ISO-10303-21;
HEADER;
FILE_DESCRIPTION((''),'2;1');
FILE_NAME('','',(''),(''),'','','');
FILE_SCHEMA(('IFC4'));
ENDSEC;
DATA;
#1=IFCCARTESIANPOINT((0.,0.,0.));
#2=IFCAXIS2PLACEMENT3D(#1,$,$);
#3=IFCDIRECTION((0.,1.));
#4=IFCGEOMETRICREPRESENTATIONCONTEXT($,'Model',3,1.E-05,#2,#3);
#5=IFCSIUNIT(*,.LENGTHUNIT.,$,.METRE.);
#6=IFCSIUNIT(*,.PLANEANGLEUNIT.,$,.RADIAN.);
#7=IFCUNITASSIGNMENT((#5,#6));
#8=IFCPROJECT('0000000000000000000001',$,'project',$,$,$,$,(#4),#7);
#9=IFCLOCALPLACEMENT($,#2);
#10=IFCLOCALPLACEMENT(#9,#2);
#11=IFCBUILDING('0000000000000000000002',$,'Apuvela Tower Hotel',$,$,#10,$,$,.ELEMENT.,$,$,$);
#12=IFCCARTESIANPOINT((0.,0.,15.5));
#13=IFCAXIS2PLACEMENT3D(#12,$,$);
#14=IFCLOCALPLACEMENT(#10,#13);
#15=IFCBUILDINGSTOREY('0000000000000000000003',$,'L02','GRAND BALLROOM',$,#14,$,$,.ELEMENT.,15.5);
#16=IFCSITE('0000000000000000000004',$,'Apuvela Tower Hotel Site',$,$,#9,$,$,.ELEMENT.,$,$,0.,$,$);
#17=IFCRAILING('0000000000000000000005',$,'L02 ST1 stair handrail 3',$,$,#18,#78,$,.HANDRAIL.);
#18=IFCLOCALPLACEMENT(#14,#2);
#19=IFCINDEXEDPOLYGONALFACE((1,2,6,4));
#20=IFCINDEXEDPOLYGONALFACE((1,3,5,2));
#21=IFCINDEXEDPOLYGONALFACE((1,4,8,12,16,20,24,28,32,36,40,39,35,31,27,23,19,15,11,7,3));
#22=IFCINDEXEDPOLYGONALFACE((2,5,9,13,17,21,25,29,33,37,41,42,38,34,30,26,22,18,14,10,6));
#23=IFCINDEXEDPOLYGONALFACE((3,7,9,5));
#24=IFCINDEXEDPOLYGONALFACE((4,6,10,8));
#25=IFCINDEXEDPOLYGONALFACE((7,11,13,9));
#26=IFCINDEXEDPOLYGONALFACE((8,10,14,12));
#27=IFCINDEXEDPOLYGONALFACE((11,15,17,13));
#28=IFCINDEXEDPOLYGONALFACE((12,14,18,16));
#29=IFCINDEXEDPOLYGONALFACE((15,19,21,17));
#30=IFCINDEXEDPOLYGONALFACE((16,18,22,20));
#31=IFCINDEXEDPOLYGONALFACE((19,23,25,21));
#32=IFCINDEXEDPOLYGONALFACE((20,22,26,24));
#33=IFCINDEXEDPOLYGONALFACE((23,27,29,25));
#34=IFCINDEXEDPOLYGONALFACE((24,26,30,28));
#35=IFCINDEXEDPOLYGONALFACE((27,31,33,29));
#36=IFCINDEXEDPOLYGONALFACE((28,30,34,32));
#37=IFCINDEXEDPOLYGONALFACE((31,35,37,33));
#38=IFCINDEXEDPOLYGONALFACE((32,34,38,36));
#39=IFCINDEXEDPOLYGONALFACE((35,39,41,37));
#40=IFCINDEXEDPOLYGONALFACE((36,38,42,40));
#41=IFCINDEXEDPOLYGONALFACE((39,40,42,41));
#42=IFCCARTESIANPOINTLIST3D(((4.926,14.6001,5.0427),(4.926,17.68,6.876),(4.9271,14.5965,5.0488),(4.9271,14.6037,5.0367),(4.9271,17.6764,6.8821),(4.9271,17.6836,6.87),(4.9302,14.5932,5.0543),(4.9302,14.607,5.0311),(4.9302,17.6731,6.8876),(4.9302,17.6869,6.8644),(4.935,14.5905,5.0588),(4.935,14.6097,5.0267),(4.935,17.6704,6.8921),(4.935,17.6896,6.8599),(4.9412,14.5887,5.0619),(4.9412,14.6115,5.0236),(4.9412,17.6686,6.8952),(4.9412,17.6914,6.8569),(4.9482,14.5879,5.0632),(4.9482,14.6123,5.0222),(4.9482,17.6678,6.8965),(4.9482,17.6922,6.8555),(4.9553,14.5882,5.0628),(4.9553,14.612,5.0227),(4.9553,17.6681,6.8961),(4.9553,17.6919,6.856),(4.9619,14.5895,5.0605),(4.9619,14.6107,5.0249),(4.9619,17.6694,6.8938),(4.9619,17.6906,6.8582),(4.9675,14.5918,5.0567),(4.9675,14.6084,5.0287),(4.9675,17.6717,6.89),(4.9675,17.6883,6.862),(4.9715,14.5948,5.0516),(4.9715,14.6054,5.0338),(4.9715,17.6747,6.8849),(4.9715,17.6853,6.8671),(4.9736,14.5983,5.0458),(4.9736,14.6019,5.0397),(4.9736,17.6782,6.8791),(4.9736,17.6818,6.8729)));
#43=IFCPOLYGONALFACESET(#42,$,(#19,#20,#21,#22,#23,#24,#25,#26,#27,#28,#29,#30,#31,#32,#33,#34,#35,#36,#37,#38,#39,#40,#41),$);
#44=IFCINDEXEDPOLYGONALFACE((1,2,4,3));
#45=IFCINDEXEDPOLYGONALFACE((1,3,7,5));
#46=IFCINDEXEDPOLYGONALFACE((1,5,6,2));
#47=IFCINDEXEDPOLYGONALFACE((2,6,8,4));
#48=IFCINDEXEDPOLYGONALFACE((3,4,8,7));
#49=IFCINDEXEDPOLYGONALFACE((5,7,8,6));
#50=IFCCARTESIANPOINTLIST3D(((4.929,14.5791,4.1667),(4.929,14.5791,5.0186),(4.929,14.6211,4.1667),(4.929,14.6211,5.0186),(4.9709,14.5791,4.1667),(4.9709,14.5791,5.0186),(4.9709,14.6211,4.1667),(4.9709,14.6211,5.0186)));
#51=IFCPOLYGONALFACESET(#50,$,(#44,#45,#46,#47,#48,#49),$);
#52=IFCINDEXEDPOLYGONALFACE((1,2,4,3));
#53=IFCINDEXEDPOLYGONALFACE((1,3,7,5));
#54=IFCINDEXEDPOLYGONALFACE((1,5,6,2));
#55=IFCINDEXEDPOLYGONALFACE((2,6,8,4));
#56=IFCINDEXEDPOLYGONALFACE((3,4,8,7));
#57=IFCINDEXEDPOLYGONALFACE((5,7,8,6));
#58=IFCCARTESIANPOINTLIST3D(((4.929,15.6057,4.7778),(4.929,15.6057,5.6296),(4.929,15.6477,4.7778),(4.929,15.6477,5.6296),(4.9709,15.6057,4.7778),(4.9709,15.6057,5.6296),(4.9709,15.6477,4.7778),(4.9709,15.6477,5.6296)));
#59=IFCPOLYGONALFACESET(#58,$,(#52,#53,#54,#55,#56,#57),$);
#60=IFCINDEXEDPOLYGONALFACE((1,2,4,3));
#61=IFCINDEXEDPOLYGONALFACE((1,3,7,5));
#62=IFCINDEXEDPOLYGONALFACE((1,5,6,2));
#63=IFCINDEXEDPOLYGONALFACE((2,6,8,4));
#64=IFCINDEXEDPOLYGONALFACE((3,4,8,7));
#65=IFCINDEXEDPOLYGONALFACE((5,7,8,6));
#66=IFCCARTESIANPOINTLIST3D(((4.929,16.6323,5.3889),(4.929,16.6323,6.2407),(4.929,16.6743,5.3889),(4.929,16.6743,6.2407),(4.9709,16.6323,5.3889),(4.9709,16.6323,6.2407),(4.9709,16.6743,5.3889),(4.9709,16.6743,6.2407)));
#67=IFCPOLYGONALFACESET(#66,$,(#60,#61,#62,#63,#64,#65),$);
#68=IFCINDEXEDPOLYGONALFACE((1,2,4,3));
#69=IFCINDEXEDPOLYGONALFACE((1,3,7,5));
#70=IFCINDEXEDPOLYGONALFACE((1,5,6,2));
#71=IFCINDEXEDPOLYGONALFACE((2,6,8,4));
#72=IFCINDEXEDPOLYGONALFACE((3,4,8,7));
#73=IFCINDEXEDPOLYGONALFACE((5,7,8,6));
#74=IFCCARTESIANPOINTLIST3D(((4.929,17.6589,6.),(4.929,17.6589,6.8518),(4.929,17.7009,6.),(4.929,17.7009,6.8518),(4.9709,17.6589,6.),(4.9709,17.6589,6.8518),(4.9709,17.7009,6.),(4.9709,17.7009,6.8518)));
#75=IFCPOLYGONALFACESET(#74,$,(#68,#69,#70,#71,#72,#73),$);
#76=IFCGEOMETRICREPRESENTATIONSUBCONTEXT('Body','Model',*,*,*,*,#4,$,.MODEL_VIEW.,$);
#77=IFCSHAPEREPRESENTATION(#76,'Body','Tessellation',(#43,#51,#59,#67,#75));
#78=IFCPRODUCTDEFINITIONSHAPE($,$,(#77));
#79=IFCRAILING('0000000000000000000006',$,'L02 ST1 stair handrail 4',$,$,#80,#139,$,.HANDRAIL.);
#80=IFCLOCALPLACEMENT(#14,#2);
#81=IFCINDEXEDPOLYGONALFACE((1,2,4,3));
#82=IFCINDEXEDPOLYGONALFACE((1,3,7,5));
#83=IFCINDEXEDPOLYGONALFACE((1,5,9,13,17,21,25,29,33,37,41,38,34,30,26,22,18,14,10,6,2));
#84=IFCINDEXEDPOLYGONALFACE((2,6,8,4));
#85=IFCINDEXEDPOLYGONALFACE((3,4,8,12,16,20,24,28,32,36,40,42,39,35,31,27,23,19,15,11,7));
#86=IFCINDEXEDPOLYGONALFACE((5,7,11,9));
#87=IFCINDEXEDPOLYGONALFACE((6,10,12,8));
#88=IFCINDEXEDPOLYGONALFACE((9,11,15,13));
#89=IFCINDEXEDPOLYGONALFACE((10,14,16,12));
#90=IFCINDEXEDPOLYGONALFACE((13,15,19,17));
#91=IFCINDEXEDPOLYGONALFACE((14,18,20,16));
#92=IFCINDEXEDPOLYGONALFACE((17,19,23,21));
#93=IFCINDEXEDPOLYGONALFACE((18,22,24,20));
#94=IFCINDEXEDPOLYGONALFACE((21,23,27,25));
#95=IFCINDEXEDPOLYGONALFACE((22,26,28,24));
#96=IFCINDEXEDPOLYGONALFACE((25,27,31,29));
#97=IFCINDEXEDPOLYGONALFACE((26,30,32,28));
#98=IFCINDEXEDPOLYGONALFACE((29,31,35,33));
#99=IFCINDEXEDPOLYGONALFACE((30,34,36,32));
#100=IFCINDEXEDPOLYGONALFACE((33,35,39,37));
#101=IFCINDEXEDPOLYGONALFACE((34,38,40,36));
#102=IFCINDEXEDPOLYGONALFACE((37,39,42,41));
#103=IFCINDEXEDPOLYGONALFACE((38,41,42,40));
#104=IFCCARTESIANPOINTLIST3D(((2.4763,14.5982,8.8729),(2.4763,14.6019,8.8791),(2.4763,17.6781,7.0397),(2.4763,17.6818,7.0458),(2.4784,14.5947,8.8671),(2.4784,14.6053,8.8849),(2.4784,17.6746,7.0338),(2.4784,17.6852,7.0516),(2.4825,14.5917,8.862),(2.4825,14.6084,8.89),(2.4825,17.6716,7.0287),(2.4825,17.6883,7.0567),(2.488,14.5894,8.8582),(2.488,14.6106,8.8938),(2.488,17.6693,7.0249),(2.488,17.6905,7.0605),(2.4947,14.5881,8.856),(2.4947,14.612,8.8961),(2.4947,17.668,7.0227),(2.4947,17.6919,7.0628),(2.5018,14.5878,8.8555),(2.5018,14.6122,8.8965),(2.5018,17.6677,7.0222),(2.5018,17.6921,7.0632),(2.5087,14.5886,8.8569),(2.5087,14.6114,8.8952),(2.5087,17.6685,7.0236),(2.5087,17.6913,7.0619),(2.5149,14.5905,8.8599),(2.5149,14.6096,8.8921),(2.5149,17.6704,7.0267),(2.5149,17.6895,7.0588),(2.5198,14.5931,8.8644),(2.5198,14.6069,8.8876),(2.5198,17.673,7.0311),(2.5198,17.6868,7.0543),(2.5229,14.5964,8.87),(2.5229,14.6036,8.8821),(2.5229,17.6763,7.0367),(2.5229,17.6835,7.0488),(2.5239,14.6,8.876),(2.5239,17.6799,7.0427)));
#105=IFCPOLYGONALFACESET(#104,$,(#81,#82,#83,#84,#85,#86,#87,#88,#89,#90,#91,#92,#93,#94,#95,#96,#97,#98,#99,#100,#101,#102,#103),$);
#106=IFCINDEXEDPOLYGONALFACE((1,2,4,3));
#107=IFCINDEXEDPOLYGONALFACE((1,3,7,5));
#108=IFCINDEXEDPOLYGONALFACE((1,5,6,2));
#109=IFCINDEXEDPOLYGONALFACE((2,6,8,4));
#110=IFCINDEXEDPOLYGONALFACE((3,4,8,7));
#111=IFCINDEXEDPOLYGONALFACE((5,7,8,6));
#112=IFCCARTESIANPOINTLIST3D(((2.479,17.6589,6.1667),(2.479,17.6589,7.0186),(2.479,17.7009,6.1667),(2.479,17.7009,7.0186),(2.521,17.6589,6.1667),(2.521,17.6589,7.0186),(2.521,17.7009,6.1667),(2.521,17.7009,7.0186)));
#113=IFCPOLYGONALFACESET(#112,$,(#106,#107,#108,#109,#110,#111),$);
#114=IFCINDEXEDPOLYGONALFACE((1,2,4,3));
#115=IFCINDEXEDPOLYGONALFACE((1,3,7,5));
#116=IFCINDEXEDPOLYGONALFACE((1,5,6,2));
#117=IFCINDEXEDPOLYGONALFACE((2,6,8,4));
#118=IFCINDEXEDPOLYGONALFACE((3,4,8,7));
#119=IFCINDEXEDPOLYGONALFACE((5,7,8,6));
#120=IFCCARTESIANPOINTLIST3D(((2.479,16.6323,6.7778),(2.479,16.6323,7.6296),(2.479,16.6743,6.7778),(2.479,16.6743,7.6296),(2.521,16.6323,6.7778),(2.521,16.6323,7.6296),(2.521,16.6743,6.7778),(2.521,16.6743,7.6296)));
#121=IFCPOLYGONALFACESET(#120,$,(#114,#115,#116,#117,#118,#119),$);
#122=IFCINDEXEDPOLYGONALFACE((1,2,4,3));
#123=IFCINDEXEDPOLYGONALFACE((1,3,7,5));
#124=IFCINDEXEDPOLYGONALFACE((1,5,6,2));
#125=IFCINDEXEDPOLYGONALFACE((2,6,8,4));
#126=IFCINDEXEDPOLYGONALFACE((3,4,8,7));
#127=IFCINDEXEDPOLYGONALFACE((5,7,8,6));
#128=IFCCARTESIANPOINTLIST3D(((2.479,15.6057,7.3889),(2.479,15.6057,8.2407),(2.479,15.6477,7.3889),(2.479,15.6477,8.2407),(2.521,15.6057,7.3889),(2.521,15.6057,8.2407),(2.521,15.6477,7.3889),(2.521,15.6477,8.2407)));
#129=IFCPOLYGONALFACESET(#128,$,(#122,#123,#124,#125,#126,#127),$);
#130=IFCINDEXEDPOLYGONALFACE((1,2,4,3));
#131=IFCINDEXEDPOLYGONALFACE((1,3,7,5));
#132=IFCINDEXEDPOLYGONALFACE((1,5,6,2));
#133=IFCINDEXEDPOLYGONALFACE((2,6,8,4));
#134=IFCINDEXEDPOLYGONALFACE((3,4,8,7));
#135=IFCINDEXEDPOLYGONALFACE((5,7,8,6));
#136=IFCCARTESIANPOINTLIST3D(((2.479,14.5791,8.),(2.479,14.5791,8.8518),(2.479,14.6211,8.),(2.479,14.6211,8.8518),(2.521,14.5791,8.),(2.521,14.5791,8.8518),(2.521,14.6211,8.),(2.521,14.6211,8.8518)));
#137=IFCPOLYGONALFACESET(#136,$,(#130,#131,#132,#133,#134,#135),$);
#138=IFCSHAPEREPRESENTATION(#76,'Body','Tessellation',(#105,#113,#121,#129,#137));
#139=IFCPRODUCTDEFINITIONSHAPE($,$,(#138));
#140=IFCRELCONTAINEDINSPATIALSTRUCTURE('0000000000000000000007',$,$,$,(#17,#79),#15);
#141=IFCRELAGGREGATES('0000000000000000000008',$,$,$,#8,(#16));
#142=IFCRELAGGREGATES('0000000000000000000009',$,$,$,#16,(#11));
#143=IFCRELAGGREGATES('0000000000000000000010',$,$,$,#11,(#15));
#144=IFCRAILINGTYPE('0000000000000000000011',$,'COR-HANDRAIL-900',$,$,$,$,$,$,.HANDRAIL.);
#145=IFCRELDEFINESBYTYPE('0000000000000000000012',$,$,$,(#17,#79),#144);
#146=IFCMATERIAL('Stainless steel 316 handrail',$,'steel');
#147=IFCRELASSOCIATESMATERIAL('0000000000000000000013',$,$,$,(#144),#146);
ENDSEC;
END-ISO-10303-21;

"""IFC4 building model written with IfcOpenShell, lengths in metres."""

from ifc_helpers import new_model, si_unit, direction, frame, origin, origin_2d, place, context, subcontext, project, spatial, rectangle, circle, extrude, material, type_object, element, save


model = new_model("IFC4")

# Units and contexts
model_context = context("Model", 3, precision=1e-05, world=origin(), true_north=direction((0.0, 1.0)))
body_context = subcontext(model_context, "Body", "Model", "MODEL_VIEW")
ifc_project = project(units=[si_unit("LENGTHUNIT", "METRE"), si_unit("PLANEANGLEUNIT", "RADIAN")], contexts=[model_context])

# Site, building, storey
site_placement = place(None, origin())
site = spatial("IfcSite", under=ifc_project, at=site_placement, Name="Apuvela Tower Hotel Site", CompositionType="ELEMENT", RefElevation=0.0)
building_placement = place(site_placement, origin())
building = spatial("IfcBuilding", under=site, at=building_placement, Name="Apuvela Tower Hotel", CompositionType="ELEMENT")
storey_placement = place(building_placement, frame((0.0, 0.0, 15.5)))
storey = spatial("IfcBuildingStorey", under=building, at=storey_placement, Name="L02", Description="GRAND BALLROOM", CompositionType="ELEMENT", Elevation=15.5)

# Railings
ifc_material_1 = material(Name="Stainless steel 316 handrail", Category="steel")
railing_type_1 = type_object("IfcRailingType", Name="COR-HANDRAIL-900", PredefinedType="HANDRAIL", material=ifc_material_1)
railing_1_placement = place(storey_placement, frame((4.95, 14.6001, 4.1667)))
element("IfcRailing", 1, at=railing_1_placement, inside=storey, type_object=railing_type_1, Name="L02 ST1 stair handrail 3", PredefinedType="HANDRAIL", context=body_context, shape_type="SweptSolid", body=[
    extrude(circle(Radius=0.0239, at=origin_2d()), frame((0.0, 0.0, 0.876), z_axis=(0.0, 0.859291, 0.511487), x_axis=(-1.0, 0.0, 0.0)), (0.0, 0.0, 1.0), 3.5842),
    extrude(rectangle(XDim=0.042, YDim=0.042, at=origin_2d()), origin(), (0.0, 0.0, 1.0), 0.8518),
    extrude(rectangle(XDim=0.042, YDim=0.042, at=origin_2d()), frame((0.0, 1.0266, 0.6111)), (0.0, 0.0, 1.0), 0.8518),
    extrude(rectangle(XDim=0.042, YDim=0.042, at=origin_2d()), frame((0.0, 2.0532, 1.2222)), (0.0, 0.0, 1.0), 0.8518),
    extrude(rectangle(XDim=0.042, YDim=0.042, at=origin_2d()), frame((0.0, 3.0798, 1.8333)), (0.0, 0.0, 1.0), 0.8518),
])
railing_2_placement = place(storey_placement, frame((2.5, 17.6799, 6.1667)))
element("IfcRailing", 2, at=railing_2_placement, inside=storey, type_object=railing_type_1, Name="L02 ST1 stair handrail 4", PredefinedType="HANDRAIL", context=body_context, shape_type="SweptSolid", body=[
    extrude(circle(Radius=0.0239, at=origin_2d()), frame((0.0, 0.0, 0.876), z_axis=(0.0, -0.859291, 0.511487), x_axis=(1.0, 0.0, 0.0)), (0.0, 0.0, 1.0), 3.5842),
    extrude(rectangle(XDim=0.042, YDim=0.042, at=origin_2d()), origin(), (0.0, 0.0, 1.0), 0.8518),
    extrude(rectangle(XDim=0.042, YDim=0.042, at=origin_2d()), frame((0.0, -1.0266, 0.6111)), (0.0, 0.0, 1.0), 0.8518),
    extrude(rectangle(XDim=0.042, YDim=0.042, at=origin_2d()), frame((0.0, -2.0532, 1.2222)), (0.0, 0.0, 1.0), 0.8518),
    extrude(rectangle(XDim=0.042, YDim=0.042, at=origin_2d()), frame((0.0, -3.0798, 1.8333)), (0.0, 0.0, 1.0), 0.8518),
])

save(model, "model.ifc")
